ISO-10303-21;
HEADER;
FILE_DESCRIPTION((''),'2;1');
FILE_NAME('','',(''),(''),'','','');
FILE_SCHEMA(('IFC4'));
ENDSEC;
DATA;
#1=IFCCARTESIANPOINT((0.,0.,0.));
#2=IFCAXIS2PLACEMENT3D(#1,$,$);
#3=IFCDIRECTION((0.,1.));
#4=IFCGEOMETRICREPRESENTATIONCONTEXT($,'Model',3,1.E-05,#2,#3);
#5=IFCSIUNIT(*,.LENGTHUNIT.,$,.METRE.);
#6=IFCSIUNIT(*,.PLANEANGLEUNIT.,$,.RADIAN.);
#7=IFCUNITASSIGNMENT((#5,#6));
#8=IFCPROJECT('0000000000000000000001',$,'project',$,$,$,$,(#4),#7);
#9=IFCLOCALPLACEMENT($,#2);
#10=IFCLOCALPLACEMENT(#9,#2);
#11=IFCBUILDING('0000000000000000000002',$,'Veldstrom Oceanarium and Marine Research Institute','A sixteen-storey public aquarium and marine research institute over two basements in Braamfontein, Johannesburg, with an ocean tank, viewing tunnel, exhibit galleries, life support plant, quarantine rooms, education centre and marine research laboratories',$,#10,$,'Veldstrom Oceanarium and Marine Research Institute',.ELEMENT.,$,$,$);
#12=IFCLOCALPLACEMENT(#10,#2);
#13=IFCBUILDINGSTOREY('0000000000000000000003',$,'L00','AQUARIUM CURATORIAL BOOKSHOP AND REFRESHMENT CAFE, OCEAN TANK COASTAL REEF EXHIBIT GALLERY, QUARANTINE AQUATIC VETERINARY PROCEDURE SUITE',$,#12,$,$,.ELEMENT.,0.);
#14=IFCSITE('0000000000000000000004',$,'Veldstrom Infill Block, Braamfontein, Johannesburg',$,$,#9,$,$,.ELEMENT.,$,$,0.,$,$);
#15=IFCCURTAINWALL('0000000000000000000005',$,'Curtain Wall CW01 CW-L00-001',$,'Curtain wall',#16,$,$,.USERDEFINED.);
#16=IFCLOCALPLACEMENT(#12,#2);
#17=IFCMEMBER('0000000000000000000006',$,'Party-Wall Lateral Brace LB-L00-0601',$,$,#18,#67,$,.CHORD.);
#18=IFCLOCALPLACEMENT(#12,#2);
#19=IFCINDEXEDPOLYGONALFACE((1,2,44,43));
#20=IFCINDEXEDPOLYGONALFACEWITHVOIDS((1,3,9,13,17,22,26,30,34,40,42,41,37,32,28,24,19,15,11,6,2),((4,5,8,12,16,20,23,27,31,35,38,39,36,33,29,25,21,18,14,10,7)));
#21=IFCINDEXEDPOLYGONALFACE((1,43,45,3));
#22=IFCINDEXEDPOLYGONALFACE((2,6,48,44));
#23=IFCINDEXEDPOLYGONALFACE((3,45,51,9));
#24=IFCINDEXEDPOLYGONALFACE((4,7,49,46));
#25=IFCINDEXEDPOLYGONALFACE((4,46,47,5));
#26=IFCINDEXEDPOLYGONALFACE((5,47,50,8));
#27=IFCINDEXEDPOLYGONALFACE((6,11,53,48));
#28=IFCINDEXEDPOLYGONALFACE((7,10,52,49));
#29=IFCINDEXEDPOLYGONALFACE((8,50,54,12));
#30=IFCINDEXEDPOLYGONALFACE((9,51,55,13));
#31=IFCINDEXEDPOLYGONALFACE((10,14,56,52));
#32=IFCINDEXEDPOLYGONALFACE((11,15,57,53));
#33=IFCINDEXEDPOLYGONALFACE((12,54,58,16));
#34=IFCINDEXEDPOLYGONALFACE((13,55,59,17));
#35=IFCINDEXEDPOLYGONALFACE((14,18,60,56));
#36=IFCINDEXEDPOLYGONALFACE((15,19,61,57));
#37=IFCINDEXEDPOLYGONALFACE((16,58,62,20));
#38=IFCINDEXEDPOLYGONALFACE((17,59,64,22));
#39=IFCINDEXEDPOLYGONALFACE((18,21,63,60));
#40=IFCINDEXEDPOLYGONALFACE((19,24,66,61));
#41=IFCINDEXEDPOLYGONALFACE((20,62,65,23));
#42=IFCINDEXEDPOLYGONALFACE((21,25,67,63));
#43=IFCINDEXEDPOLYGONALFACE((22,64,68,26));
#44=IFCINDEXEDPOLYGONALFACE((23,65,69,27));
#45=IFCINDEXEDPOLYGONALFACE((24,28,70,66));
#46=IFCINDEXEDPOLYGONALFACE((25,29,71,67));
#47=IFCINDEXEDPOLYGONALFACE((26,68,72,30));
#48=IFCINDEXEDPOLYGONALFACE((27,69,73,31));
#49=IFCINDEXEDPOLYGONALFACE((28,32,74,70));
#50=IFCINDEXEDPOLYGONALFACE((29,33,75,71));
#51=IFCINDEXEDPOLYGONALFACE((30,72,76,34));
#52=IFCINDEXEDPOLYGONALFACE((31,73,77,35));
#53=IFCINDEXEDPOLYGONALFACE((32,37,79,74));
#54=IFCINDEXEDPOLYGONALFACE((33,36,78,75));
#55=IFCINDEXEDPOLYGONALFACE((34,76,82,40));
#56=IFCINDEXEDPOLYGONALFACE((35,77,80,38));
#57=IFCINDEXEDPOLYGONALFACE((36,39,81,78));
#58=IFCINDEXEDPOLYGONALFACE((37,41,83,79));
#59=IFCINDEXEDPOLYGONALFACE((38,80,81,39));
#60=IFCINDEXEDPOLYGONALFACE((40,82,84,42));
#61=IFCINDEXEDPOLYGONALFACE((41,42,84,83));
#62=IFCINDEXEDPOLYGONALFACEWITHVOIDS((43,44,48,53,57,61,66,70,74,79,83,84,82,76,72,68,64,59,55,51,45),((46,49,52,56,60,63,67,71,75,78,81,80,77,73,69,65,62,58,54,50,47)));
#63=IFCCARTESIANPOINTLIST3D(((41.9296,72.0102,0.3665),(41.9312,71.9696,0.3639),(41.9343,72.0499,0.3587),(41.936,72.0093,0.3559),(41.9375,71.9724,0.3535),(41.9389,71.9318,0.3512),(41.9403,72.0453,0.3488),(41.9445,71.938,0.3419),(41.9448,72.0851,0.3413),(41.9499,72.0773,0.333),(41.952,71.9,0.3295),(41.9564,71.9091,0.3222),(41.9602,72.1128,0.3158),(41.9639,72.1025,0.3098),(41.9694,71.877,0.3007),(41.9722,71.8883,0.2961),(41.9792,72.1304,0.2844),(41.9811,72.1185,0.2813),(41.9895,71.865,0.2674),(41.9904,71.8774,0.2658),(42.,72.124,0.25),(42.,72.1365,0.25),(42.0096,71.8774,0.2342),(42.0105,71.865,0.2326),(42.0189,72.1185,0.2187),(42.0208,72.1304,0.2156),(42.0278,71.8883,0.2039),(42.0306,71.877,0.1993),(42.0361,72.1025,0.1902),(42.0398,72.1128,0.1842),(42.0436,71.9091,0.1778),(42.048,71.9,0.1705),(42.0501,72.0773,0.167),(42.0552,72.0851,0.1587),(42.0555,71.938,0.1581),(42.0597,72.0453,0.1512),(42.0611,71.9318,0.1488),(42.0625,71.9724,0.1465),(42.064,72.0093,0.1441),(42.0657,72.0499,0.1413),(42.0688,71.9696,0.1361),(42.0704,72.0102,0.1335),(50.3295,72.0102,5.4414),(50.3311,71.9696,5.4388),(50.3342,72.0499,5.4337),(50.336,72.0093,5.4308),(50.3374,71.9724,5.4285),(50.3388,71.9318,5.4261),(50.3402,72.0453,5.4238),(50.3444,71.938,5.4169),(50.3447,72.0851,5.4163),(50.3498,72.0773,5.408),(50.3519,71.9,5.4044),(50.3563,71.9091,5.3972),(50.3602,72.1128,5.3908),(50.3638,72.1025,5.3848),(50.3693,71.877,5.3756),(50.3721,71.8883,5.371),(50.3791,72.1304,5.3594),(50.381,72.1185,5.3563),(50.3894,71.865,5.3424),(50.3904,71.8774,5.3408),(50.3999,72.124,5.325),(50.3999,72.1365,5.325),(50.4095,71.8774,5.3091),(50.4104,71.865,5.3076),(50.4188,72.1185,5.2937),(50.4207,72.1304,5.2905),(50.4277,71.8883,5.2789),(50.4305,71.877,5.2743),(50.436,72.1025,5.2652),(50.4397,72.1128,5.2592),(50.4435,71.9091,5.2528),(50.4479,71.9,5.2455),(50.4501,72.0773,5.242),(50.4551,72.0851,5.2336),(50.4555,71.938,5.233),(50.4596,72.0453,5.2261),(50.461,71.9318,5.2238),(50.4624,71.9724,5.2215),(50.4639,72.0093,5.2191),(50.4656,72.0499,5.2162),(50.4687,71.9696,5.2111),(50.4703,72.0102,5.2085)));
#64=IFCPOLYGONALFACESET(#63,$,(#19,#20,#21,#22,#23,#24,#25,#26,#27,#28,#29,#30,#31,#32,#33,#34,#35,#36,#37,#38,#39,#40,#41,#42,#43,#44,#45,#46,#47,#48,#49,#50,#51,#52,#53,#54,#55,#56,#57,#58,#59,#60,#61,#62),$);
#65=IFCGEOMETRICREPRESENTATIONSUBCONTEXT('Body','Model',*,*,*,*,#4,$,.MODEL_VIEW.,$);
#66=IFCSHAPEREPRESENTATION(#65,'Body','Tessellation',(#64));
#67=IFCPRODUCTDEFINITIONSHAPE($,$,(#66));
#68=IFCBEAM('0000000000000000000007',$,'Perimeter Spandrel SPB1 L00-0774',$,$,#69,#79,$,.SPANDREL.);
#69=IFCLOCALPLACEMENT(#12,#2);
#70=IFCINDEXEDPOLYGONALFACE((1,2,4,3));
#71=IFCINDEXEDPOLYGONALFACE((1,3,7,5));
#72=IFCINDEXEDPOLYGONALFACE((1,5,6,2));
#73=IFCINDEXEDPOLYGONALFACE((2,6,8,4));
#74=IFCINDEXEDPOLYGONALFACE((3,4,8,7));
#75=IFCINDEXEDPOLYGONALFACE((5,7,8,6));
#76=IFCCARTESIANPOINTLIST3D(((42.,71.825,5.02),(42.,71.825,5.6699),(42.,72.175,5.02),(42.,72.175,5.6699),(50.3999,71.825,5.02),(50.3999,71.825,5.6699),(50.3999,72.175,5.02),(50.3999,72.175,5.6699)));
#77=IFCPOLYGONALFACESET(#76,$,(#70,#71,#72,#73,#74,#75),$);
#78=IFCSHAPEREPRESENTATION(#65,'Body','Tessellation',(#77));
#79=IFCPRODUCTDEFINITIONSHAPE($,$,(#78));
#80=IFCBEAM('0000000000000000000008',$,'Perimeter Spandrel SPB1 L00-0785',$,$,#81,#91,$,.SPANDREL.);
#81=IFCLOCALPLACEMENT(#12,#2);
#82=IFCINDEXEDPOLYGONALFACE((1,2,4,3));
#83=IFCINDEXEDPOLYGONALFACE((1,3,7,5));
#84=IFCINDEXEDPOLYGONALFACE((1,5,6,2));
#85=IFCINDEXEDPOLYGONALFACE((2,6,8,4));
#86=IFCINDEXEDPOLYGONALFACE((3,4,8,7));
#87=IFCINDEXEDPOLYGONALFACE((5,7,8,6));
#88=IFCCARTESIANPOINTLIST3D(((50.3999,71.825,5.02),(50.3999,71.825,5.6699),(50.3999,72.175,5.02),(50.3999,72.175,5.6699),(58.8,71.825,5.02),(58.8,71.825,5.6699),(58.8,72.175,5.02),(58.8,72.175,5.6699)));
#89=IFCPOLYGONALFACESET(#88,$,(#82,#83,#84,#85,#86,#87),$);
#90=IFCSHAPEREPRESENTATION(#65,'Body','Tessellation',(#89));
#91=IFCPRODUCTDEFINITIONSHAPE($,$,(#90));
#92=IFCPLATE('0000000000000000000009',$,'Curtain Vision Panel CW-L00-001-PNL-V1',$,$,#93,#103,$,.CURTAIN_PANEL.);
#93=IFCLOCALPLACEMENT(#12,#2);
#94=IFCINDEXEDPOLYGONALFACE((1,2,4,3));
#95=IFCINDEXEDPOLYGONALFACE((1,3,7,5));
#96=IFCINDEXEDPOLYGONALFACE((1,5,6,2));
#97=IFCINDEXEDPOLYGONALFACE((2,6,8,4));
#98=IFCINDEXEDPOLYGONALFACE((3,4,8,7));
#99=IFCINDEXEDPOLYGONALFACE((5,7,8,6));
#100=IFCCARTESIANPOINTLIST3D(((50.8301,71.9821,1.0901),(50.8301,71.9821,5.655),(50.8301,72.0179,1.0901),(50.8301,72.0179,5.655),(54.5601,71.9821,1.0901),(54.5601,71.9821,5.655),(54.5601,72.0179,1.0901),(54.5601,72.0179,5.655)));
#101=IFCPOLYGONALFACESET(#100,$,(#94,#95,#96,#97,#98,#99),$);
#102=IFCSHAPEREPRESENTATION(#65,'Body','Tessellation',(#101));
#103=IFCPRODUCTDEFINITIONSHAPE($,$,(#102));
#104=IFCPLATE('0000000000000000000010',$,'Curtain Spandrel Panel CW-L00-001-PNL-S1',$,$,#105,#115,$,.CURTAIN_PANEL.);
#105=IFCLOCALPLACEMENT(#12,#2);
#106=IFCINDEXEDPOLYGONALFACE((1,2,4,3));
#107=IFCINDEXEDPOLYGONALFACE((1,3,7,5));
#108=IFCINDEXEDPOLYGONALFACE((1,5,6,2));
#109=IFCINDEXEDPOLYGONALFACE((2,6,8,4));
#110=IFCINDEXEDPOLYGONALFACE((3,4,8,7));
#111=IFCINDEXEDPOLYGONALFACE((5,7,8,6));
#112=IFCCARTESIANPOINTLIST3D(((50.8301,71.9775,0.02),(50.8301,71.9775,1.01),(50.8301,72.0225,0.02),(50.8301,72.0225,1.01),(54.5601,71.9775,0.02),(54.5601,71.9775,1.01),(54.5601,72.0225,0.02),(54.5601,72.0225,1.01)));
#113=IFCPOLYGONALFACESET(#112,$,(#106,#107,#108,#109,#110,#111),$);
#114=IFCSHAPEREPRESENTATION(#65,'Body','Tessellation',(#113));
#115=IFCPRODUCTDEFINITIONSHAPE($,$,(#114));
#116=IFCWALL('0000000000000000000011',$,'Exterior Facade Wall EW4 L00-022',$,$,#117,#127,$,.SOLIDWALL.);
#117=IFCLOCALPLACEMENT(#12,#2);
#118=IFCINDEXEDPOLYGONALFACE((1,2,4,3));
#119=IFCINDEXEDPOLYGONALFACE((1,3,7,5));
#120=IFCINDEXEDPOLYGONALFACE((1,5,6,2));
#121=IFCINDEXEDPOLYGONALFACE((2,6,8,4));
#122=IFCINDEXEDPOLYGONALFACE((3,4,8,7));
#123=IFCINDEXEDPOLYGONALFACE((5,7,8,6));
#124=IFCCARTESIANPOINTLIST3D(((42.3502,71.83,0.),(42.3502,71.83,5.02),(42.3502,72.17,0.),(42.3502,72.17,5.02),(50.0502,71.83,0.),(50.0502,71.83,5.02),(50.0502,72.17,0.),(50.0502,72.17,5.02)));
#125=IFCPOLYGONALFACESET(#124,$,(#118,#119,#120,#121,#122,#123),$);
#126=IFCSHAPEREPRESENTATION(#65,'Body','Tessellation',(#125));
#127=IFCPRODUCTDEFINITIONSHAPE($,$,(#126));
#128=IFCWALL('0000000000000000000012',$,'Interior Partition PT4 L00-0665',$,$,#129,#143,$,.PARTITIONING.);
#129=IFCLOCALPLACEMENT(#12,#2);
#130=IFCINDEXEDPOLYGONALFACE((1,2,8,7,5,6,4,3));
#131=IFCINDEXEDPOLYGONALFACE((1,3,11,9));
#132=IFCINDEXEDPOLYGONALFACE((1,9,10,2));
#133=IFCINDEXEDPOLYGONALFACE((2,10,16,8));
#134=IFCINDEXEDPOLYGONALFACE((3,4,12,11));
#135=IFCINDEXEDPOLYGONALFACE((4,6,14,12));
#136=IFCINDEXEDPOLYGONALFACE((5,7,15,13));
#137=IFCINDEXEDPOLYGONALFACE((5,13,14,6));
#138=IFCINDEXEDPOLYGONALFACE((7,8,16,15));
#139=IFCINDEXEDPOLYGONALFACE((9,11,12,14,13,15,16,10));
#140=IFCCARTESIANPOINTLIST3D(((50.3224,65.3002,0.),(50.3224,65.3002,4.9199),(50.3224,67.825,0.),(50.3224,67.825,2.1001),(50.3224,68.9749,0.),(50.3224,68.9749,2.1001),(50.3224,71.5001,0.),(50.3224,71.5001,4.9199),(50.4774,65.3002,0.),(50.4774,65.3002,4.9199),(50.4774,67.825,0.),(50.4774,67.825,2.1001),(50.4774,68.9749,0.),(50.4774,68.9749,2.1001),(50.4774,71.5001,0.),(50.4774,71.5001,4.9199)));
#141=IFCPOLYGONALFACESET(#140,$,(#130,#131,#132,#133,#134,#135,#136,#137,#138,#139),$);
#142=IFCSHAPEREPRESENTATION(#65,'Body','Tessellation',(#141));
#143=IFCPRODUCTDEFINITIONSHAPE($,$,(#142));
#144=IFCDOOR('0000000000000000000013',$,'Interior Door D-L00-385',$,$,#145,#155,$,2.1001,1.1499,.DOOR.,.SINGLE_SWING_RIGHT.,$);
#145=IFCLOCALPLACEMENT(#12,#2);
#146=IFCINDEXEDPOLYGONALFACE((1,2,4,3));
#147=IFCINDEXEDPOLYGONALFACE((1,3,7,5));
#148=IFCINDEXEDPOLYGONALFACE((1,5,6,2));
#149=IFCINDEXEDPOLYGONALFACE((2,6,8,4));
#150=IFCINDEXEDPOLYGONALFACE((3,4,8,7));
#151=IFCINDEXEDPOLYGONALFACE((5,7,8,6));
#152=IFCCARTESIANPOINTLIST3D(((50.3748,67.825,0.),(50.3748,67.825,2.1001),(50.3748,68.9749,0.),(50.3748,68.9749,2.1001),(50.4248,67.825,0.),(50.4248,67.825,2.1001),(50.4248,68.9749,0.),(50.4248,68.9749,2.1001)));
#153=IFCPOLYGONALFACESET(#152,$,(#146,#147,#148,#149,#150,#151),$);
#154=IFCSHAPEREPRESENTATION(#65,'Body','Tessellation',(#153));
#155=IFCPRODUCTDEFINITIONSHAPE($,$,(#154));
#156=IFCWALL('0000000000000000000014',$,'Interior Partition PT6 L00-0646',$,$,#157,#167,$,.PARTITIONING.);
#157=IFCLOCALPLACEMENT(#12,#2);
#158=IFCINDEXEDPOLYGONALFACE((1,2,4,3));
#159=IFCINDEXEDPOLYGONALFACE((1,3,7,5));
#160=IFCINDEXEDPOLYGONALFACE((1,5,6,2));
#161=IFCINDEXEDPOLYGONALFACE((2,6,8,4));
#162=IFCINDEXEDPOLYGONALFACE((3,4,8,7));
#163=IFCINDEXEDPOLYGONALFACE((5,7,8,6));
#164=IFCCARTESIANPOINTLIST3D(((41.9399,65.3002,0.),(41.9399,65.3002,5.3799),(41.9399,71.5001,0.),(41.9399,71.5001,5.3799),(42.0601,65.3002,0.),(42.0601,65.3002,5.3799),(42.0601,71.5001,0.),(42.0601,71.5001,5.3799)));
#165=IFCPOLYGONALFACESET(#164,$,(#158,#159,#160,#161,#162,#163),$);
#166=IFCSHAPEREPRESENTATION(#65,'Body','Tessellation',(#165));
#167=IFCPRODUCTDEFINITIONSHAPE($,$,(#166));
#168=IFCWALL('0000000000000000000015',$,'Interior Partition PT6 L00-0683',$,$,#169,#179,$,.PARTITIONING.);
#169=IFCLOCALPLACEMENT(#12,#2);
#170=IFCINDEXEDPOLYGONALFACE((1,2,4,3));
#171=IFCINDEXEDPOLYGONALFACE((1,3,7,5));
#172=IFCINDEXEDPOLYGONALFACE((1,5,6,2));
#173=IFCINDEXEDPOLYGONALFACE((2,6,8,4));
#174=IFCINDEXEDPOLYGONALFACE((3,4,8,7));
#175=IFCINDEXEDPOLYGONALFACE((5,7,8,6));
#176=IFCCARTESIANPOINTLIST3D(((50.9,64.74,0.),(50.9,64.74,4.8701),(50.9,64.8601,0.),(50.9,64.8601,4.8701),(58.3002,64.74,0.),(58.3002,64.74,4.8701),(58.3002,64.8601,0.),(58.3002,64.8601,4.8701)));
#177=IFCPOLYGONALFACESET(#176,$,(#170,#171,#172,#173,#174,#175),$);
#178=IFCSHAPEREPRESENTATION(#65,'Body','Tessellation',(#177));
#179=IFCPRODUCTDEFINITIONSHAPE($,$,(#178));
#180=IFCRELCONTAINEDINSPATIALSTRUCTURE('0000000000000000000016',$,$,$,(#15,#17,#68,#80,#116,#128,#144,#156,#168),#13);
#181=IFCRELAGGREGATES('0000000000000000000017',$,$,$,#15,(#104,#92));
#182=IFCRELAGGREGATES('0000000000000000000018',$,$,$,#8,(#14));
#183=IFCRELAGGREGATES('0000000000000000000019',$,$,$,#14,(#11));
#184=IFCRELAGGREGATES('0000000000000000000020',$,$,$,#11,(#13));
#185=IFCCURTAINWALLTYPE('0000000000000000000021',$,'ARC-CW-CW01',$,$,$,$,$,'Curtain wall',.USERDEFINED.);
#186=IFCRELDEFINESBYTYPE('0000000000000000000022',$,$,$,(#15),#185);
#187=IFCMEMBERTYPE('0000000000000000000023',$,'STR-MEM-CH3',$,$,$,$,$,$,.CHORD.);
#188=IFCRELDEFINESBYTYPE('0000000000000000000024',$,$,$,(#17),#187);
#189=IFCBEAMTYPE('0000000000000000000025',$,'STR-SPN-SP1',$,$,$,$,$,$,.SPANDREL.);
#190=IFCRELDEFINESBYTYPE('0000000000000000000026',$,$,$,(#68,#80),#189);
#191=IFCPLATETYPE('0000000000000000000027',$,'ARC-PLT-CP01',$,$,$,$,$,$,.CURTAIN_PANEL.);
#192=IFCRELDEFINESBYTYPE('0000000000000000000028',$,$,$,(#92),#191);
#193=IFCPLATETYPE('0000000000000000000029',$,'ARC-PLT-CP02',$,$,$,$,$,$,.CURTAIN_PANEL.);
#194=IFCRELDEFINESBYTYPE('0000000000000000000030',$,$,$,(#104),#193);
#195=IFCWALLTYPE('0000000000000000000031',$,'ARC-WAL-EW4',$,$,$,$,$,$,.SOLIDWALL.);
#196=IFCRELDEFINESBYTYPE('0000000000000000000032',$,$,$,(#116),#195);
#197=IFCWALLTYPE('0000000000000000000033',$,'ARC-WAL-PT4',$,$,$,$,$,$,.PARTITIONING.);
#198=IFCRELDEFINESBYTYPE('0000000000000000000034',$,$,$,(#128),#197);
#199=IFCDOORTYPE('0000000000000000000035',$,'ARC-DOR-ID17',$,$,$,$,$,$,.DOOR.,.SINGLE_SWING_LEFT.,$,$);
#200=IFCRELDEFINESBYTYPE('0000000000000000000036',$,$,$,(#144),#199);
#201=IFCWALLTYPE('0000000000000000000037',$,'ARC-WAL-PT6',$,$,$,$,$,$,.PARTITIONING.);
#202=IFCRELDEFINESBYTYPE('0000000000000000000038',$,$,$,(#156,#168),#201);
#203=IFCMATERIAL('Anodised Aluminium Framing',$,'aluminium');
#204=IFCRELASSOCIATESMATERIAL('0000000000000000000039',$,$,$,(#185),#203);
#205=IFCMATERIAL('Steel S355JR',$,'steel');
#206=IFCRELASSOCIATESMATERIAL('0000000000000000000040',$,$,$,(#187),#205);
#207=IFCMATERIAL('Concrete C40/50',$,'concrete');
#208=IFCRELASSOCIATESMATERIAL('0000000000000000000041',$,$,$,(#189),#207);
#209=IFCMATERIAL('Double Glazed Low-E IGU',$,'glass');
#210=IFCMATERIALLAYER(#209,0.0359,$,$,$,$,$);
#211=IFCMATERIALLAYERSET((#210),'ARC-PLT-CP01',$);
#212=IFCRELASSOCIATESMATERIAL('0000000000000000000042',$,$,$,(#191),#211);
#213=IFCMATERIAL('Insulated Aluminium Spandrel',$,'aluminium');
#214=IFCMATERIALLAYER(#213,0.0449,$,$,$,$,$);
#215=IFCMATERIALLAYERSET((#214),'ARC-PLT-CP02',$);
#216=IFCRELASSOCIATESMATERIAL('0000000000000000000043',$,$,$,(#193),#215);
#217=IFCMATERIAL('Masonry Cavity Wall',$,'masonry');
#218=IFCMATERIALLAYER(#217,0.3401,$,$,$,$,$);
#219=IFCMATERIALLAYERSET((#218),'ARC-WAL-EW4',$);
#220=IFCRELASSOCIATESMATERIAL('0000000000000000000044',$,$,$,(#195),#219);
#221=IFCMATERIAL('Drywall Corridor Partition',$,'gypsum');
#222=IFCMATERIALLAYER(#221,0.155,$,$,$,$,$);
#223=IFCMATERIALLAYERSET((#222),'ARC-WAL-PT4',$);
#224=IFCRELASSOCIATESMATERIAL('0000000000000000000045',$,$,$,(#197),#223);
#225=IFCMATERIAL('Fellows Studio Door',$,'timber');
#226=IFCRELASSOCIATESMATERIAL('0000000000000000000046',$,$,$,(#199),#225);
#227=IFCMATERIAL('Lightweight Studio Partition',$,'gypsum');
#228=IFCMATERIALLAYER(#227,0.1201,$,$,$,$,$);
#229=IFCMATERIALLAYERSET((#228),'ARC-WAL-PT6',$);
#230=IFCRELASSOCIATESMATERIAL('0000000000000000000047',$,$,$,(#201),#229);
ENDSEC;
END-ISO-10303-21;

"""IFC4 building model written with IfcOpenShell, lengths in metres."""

from ifc_helpers import new_model, si_unit, direction, frame, frame_2d, origin, origin_2d, place, context, subcontext, project, spatial, rectangle, hollow_circle, extrude, material, layer, layer_set, material_profile, profile_set, type_object, element, fill, aggregate, save


model = new_model("IFC4")

# Units and contexts
model_context = context("Model", 3, precision=1e-05, world=origin(), true_north=direction((0.0, 1.0)))
body_context = subcontext(model_context, "Body", "Model", "MODEL_VIEW")
ifc_project = project(units=[si_unit("LENGTHUNIT", "METRE"), si_unit("PLANEANGLEUNIT", "RADIAN")], contexts=[model_context])

# Site, building, storey
site_placement = place(None, origin())
site = spatial("IfcSite", under=ifc_project, at=site_placement, Name="Veldstrom Infill Block, Braamfontein, Johannesburg", CompositionType="ELEMENT", RefElevation=0.0)
building_placement = place(site_placement, origin())
building = spatial("IfcBuilding", under=site, at=building_placement, Name="Veldstrom Oceanarium and Marine Research Institute", Description="A sixteen-storey public aquarium and marine research institute over two basements in Braamfontein, Johannesburg, with an ocean tank, viewing tunnel, exhibit galleries, life support plant, quarantine rooms, education centre and marine research laboratories", LongName="Veldstrom Oceanarium and Marine Research Institute", CompositionType="ELEMENT")
storey_placement = place(building_placement, origin())
storey = spatial("IfcBuildingStorey", under=building, at=storey_placement, Name="L00", Description="AQUARIUM CURATORIAL BOOKSHOP AND REFRESHMENT CAFE, OCEAN TANK COASTAL REEF EXHIBIT GALLERY, QUARANTINE AQUATIC VETERINARY PROCEDURE SUITE", CompositionType="ELEMENT", Elevation=0.0)

# Curtain wall
ifc_material_1 = material(Name="Anodised Aluminium Framing", Category="aluminium")
curtain_wall_type = type_object("IfcCurtainWallType", Name="ARC-CW-CW01", ElementType="Curtain wall", PredefinedType="USERDEFINED", material=ifc_material_1)
curtain_wall_placement = place(storey_placement, origin())
curtain_wall = element("IfcCurtainWall", 1, at=curtain_wall_placement, inside=storey, type_object=curtain_wall_type, Name="Curtain Wall CW01 CW-L00-001", ObjectType="Curtain wall", PredefinedType="USERDEFINED")

# Member
ifc_material_2 = material(Name="Steel S355JR", Category="steel")
ifc_material_profile_1 = material_profile(ifc_material_2, hollow_circle(Radius=0.1365, WallThickness=0.0125, at=origin_2d()), Name="CHS 273x12.5")
ifc_profile_set_1 = profile_set([ifc_material_profile_1], Name="Steel S355JR")
member_type_1 = type_object("IfcMemberType", Name="STR-MEM-CH3", PredefinedType="CHORD", material=ifc_profile_set_1)
member_1_placement = place(storey_placement, frame((42.0, 72.0, 0.25), z_axis=(0.855915, 0.0, 0.517116), x_axis=(0.0, 1.0, 0.0)))
element("IfcMember", 2, at=member_1_placement, inside=storey, type_object=member_type_1, Name="Party-Wall Lateral Brace LB-L00-0601", PredefinedType="CHORD", context=body_context, shape_type="SweptSolid", body=[
    extrude(hollow_circle(Radius=0.1365, WallThickness=0.0125, at=origin_2d()), origin(), (0.0, 0.0, 1.0), 9.814),
])

# Beams
ifc_material_3 = material(Name="Concrete C40/50", Category="concrete")
ifc_material_profile_2 = material_profile(ifc_material_3, rectangle(XDim=0.3501, YDim=0.6499, at=origin_2d()), Name="RC-SPN-350x650")
ifc_profile_set_2 = profile_set([ifc_material_profile_2], Name="Concrete C40/50")
beam_type_1 = type_object("IfcBeamType", Name="STR-SPN-SP1", PredefinedType="SPANDREL", material=ifc_profile_set_2)
beam_1_placement = place(storey_placement, frame((42.0, 72.0, 5.345), z_axis=(1.0, 0.0, 0.0), x_axis=(0.0, 1.0, 0.0)))
element("IfcBeam", 3, at=beam_1_placement, inside=storey, type_object=beam_type_1, Name="Perimeter Spandrel SPB1 L00-0774", PredefinedType="SPANDREL", context=body_context, shape_type="SweptSolid", body=[
    extrude(rectangle(XDim=0.3501, YDim=0.6499, at=origin_2d()), origin(), (0.0, 0.0, 1.0), 8.3999),
])
beam_2_placement = place(storey_placement, frame((50.3999, 72.0, 5.345), z_axis=(1.0, 0.0, 0.0), x_axis=(0.0, 1.0, 0.0)))
element("IfcBeam", 4, at=beam_2_placement, inside=storey, type_object=beam_type_1, Name="Perimeter Spandrel SPB1 L00-0785", PredefinedType="SPANDREL", context=body_context, shape_type="SweptSolid", body=[
    extrude(rectangle(XDim=0.3501, YDim=0.6499, at=origin_2d()), origin(), (0.0, 0.0, 1.0), 8.4001),
])

# Plates
ifc_material_4 = material(Name="Double Glazed Low-E IGU", Category="glass")
ifc_layer_1 = layer(ifc_material_4, 0.0359)
ifc_layer_set_1 = layer_set([ifc_layer_1], Name="ARC-PLT-CP01")
plate_type_1 = type_object("IfcPlateType", Name="ARC-PLT-CP01", PredefinedType="CURTAIN_PANEL", material=ifc_layer_set_1)
plate_1_placement = place(storey_placement, frame((52.6951, 72.0, 1.0901), z_axis=(0.0, 0.0, 1.0), x_axis=(1.0, 0.0, 0.0)))
plate_1 = element("IfcPlate", 5, at=plate_1_placement, type_object=plate_type_1, Name="Curtain Vision Panel CW-L00-001-PNL-V1", PredefinedType="CURTAIN_PANEL", context=body_context, shape_type="SweptSolid", body=[
    extrude(rectangle(XDim=3.73, YDim=0.0359, at=origin_2d()), origin(), (0.0, 0.0, 1.0), 4.5649),
])
ifc_material_5 = material(Name="Insulated Aluminium Spandrel", Category="aluminium")
ifc_layer_2 = layer(ifc_material_5, 0.0449)
ifc_layer_set_2 = layer_set([ifc_layer_2], Name="ARC-PLT-CP02")
plate_type_2 = type_object("IfcPlateType", Name="ARC-PLT-CP02", PredefinedType="CURTAIN_PANEL", material=ifc_layer_set_2)
plate_2_placement = place(storey_placement, frame((52.6951, 72.0, 0.02), z_axis=(0.0, 0.0, 1.0), x_axis=(1.0, 0.0, 0.0)))
plate_2 = element("IfcPlate", 6, at=plate_2_placement, type_object=plate_type_2, Name="Curtain Spandrel Panel CW-L00-001-PNL-S1", PredefinedType="CURTAIN_PANEL", context=body_context, shape_type="SweptSolid", body=[
    extrude(rectangle(XDim=3.73, YDim=0.0449, at=origin_2d()), origin(), (0.0, 0.0, 1.0), 0.99),
])
aggregate(curtain_wall, [plate_2, plate_1])

# Wall
ifc_material_6 = material(Name="Masonry Cavity Wall", Category="masonry")
ifc_layer_3 = layer(ifc_material_6, 0.3401)
ifc_layer_set_3 = layer_set([ifc_layer_3], Name="ARC-WAL-EW4")
wall_type_1 = type_object("IfcWallType", Name="ARC-WAL-EW4", PredefinedType="SOLIDWALL", material=ifc_layer_set_3)
wall_1_placement = place(storey_placement, frame((42.3501, 72.0, 0.0), z_axis=(0.0, 0.0, 1.0), x_axis=(1.0, 0.0, 0.0)))
element("IfcWall", 7, at=wall_1_placement, inside=storey, type_object=wall_type_1, Name="Exterior Facade Wall EW4 L00-022", PredefinedType="SOLIDWALL", context=body_context, shape_type="SweptSolid", body=[
    extrude(rectangle(XDim=7.7, YDim=0.3401, at=frame_2d((3.8501, 0.0))), origin(), (0.0, 0.0, 1.0), 5.02),
])

# Wall, opening, door
ifc_material_7 = material(Name="Drywall Corridor Partition", Category="gypsum")
ifc_layer_4 = layer(ifc_material_7, 0.155)
ifc_layer_set_4 = layer_set([ifc_layer_4], Name="ARC-WAL-PT4")
wall_type_2 = type_object("IfcWallType", Name="ARC-WAL-PT4", PredefinedType="PARTITIONING", material=ifc_layer_set_4)
wall_2_placement = place(storey_placement, frame((50.3999, 65.3, 0.0), z_axis=(0.0, 0.0, 1.0), x_axis=(0.0, 1.0, 0.0)))
wall_2 = element("IfcWall", 8, at=wall_2_placement, inside=storey, type_object=wall_type_2, Name="Interior Partition PT4 L00-0665", PredefinedType="PARTITIONING", context=body_context, shape_type="SweptSolid", body=[
    extrude(rectangle(XDim=6.2, YDim=0.155, at=frame_2d((3.1001, 0.0))), origin(), (0.0, 0.0, 1.0), 4.9199),
])
opening_placement = place(wall_2_placement, frame((2.5249, 0.0, 0.0)))
opening = element("IfcOpeningElement", 9, at=opening_placement, cuts=wall_2, PredefinedType="OPENING", context=body_context, shape_type="SweptSolid", body=[
    extrude(rectangle(XDim=1.1499, YDim=2.1001, at=frame_2d((0.575, 1.05))), frame((0.0, 0.0874, 0.0), z_axis=(0.0, -1.0, 0.0), x_axis=(1.0, 0.0, 0.0)), (0.0, 0.0, 1.0), 0.175),
])
ifc_material_8 = material(Name="Fellows Studio Door", Category="timber")
door_type = type_object("IfcDoorType", Name="ARC-DOR-ID17", OperationType="SINGLE_SWING_LEFT", PredefinedType="DOOR", material=ifc_material_8)
door_placement = place(opening_placement, frame((1.1499, 0.0, 0.0), z_axis=(0.0, 0.0, 1.0), x_axis=(-1.0, 0.0, 0.0)))
door = element("IfcDoor", 10, at=door_placement, inside=storey, type_object=door_type, Name="Interior Door D-L00-385", OperationType="SINGLE_SWING_RIGHT", OverallHeight=2.1001, OverallWidth=1.1499, PredefinedType="DOOR", context=body_context, shape_type="SweptSolid", body=[
    extrude(rectangle(XDim=1.1499, YDim=2.1001, at=frame_2d((0.575, 1.05))), frame((0.0, 0.0249, 0.0), z_axis=(0.0, -1.0, 0.0), x_axis=(1.0, 0.0, 0.0)), (0.0, 0.0, 1.0), 0.05),
])
fill(opening, door)

# Walls
ifc_material_9 = material(Name="Lightweight Studio Partition", Category="gypsum")
ifc_layer_5 = layer(ifc_material_9, 0.1201)
ifc_layer_set_5 = layer_set([ifc_layer_5], Name="ARC-WAL-PT6")
wall_type_3 = type_object("IfcWallType", Name="ARC-WAL-PT6", PredefinedType="PARTITIONING", material=ifc_layer_set_5)
wall_3_placement = place(storey_placement, frame((42.0, 65.3, 0.0), z_axis=(0.0, 0.0, 1.0), x_axis=(0.0, 1.0, 0.0)))
element("IfcWall", 11, at=wall_3_placement, inside=storey, type_object=wall_type_3, Name="Interior Partition PT6 L00-0646", PredefinedType="PARTITIONING", context=body_context, shape_type="SweptSolid", body=[
    extrude(rectangle(XDim=6.2, YDim=0.1201, at=frame_2d((3.1001, 0.0))), origin(), (0.0, 0.0, 1.0), 5.3799),
])
wall_4_placement = place(storey_placement, frame((50.8999, 64.8, 0.0), z_axis=(0.0, 0.0, 1.0), x_axis=(1.0, 0.0, 0.0)))
element("IfcWall", 12, at=wall_4_placement, inside=storey, type_object=wall_type_3, Name="Interior Partition PT6 L00-0683", PredefinedType="PARTITIONING", context=body_context, shape_type="SweptSolid", body=[
    extrude(rectangle(XDim=7.4001, YDim=0.1201, at=frame_2d((3.7002, 0.0))), origin(), (0.0, 0.0, 1.0), 4.8701),
])

save(model, "model.ifc")
